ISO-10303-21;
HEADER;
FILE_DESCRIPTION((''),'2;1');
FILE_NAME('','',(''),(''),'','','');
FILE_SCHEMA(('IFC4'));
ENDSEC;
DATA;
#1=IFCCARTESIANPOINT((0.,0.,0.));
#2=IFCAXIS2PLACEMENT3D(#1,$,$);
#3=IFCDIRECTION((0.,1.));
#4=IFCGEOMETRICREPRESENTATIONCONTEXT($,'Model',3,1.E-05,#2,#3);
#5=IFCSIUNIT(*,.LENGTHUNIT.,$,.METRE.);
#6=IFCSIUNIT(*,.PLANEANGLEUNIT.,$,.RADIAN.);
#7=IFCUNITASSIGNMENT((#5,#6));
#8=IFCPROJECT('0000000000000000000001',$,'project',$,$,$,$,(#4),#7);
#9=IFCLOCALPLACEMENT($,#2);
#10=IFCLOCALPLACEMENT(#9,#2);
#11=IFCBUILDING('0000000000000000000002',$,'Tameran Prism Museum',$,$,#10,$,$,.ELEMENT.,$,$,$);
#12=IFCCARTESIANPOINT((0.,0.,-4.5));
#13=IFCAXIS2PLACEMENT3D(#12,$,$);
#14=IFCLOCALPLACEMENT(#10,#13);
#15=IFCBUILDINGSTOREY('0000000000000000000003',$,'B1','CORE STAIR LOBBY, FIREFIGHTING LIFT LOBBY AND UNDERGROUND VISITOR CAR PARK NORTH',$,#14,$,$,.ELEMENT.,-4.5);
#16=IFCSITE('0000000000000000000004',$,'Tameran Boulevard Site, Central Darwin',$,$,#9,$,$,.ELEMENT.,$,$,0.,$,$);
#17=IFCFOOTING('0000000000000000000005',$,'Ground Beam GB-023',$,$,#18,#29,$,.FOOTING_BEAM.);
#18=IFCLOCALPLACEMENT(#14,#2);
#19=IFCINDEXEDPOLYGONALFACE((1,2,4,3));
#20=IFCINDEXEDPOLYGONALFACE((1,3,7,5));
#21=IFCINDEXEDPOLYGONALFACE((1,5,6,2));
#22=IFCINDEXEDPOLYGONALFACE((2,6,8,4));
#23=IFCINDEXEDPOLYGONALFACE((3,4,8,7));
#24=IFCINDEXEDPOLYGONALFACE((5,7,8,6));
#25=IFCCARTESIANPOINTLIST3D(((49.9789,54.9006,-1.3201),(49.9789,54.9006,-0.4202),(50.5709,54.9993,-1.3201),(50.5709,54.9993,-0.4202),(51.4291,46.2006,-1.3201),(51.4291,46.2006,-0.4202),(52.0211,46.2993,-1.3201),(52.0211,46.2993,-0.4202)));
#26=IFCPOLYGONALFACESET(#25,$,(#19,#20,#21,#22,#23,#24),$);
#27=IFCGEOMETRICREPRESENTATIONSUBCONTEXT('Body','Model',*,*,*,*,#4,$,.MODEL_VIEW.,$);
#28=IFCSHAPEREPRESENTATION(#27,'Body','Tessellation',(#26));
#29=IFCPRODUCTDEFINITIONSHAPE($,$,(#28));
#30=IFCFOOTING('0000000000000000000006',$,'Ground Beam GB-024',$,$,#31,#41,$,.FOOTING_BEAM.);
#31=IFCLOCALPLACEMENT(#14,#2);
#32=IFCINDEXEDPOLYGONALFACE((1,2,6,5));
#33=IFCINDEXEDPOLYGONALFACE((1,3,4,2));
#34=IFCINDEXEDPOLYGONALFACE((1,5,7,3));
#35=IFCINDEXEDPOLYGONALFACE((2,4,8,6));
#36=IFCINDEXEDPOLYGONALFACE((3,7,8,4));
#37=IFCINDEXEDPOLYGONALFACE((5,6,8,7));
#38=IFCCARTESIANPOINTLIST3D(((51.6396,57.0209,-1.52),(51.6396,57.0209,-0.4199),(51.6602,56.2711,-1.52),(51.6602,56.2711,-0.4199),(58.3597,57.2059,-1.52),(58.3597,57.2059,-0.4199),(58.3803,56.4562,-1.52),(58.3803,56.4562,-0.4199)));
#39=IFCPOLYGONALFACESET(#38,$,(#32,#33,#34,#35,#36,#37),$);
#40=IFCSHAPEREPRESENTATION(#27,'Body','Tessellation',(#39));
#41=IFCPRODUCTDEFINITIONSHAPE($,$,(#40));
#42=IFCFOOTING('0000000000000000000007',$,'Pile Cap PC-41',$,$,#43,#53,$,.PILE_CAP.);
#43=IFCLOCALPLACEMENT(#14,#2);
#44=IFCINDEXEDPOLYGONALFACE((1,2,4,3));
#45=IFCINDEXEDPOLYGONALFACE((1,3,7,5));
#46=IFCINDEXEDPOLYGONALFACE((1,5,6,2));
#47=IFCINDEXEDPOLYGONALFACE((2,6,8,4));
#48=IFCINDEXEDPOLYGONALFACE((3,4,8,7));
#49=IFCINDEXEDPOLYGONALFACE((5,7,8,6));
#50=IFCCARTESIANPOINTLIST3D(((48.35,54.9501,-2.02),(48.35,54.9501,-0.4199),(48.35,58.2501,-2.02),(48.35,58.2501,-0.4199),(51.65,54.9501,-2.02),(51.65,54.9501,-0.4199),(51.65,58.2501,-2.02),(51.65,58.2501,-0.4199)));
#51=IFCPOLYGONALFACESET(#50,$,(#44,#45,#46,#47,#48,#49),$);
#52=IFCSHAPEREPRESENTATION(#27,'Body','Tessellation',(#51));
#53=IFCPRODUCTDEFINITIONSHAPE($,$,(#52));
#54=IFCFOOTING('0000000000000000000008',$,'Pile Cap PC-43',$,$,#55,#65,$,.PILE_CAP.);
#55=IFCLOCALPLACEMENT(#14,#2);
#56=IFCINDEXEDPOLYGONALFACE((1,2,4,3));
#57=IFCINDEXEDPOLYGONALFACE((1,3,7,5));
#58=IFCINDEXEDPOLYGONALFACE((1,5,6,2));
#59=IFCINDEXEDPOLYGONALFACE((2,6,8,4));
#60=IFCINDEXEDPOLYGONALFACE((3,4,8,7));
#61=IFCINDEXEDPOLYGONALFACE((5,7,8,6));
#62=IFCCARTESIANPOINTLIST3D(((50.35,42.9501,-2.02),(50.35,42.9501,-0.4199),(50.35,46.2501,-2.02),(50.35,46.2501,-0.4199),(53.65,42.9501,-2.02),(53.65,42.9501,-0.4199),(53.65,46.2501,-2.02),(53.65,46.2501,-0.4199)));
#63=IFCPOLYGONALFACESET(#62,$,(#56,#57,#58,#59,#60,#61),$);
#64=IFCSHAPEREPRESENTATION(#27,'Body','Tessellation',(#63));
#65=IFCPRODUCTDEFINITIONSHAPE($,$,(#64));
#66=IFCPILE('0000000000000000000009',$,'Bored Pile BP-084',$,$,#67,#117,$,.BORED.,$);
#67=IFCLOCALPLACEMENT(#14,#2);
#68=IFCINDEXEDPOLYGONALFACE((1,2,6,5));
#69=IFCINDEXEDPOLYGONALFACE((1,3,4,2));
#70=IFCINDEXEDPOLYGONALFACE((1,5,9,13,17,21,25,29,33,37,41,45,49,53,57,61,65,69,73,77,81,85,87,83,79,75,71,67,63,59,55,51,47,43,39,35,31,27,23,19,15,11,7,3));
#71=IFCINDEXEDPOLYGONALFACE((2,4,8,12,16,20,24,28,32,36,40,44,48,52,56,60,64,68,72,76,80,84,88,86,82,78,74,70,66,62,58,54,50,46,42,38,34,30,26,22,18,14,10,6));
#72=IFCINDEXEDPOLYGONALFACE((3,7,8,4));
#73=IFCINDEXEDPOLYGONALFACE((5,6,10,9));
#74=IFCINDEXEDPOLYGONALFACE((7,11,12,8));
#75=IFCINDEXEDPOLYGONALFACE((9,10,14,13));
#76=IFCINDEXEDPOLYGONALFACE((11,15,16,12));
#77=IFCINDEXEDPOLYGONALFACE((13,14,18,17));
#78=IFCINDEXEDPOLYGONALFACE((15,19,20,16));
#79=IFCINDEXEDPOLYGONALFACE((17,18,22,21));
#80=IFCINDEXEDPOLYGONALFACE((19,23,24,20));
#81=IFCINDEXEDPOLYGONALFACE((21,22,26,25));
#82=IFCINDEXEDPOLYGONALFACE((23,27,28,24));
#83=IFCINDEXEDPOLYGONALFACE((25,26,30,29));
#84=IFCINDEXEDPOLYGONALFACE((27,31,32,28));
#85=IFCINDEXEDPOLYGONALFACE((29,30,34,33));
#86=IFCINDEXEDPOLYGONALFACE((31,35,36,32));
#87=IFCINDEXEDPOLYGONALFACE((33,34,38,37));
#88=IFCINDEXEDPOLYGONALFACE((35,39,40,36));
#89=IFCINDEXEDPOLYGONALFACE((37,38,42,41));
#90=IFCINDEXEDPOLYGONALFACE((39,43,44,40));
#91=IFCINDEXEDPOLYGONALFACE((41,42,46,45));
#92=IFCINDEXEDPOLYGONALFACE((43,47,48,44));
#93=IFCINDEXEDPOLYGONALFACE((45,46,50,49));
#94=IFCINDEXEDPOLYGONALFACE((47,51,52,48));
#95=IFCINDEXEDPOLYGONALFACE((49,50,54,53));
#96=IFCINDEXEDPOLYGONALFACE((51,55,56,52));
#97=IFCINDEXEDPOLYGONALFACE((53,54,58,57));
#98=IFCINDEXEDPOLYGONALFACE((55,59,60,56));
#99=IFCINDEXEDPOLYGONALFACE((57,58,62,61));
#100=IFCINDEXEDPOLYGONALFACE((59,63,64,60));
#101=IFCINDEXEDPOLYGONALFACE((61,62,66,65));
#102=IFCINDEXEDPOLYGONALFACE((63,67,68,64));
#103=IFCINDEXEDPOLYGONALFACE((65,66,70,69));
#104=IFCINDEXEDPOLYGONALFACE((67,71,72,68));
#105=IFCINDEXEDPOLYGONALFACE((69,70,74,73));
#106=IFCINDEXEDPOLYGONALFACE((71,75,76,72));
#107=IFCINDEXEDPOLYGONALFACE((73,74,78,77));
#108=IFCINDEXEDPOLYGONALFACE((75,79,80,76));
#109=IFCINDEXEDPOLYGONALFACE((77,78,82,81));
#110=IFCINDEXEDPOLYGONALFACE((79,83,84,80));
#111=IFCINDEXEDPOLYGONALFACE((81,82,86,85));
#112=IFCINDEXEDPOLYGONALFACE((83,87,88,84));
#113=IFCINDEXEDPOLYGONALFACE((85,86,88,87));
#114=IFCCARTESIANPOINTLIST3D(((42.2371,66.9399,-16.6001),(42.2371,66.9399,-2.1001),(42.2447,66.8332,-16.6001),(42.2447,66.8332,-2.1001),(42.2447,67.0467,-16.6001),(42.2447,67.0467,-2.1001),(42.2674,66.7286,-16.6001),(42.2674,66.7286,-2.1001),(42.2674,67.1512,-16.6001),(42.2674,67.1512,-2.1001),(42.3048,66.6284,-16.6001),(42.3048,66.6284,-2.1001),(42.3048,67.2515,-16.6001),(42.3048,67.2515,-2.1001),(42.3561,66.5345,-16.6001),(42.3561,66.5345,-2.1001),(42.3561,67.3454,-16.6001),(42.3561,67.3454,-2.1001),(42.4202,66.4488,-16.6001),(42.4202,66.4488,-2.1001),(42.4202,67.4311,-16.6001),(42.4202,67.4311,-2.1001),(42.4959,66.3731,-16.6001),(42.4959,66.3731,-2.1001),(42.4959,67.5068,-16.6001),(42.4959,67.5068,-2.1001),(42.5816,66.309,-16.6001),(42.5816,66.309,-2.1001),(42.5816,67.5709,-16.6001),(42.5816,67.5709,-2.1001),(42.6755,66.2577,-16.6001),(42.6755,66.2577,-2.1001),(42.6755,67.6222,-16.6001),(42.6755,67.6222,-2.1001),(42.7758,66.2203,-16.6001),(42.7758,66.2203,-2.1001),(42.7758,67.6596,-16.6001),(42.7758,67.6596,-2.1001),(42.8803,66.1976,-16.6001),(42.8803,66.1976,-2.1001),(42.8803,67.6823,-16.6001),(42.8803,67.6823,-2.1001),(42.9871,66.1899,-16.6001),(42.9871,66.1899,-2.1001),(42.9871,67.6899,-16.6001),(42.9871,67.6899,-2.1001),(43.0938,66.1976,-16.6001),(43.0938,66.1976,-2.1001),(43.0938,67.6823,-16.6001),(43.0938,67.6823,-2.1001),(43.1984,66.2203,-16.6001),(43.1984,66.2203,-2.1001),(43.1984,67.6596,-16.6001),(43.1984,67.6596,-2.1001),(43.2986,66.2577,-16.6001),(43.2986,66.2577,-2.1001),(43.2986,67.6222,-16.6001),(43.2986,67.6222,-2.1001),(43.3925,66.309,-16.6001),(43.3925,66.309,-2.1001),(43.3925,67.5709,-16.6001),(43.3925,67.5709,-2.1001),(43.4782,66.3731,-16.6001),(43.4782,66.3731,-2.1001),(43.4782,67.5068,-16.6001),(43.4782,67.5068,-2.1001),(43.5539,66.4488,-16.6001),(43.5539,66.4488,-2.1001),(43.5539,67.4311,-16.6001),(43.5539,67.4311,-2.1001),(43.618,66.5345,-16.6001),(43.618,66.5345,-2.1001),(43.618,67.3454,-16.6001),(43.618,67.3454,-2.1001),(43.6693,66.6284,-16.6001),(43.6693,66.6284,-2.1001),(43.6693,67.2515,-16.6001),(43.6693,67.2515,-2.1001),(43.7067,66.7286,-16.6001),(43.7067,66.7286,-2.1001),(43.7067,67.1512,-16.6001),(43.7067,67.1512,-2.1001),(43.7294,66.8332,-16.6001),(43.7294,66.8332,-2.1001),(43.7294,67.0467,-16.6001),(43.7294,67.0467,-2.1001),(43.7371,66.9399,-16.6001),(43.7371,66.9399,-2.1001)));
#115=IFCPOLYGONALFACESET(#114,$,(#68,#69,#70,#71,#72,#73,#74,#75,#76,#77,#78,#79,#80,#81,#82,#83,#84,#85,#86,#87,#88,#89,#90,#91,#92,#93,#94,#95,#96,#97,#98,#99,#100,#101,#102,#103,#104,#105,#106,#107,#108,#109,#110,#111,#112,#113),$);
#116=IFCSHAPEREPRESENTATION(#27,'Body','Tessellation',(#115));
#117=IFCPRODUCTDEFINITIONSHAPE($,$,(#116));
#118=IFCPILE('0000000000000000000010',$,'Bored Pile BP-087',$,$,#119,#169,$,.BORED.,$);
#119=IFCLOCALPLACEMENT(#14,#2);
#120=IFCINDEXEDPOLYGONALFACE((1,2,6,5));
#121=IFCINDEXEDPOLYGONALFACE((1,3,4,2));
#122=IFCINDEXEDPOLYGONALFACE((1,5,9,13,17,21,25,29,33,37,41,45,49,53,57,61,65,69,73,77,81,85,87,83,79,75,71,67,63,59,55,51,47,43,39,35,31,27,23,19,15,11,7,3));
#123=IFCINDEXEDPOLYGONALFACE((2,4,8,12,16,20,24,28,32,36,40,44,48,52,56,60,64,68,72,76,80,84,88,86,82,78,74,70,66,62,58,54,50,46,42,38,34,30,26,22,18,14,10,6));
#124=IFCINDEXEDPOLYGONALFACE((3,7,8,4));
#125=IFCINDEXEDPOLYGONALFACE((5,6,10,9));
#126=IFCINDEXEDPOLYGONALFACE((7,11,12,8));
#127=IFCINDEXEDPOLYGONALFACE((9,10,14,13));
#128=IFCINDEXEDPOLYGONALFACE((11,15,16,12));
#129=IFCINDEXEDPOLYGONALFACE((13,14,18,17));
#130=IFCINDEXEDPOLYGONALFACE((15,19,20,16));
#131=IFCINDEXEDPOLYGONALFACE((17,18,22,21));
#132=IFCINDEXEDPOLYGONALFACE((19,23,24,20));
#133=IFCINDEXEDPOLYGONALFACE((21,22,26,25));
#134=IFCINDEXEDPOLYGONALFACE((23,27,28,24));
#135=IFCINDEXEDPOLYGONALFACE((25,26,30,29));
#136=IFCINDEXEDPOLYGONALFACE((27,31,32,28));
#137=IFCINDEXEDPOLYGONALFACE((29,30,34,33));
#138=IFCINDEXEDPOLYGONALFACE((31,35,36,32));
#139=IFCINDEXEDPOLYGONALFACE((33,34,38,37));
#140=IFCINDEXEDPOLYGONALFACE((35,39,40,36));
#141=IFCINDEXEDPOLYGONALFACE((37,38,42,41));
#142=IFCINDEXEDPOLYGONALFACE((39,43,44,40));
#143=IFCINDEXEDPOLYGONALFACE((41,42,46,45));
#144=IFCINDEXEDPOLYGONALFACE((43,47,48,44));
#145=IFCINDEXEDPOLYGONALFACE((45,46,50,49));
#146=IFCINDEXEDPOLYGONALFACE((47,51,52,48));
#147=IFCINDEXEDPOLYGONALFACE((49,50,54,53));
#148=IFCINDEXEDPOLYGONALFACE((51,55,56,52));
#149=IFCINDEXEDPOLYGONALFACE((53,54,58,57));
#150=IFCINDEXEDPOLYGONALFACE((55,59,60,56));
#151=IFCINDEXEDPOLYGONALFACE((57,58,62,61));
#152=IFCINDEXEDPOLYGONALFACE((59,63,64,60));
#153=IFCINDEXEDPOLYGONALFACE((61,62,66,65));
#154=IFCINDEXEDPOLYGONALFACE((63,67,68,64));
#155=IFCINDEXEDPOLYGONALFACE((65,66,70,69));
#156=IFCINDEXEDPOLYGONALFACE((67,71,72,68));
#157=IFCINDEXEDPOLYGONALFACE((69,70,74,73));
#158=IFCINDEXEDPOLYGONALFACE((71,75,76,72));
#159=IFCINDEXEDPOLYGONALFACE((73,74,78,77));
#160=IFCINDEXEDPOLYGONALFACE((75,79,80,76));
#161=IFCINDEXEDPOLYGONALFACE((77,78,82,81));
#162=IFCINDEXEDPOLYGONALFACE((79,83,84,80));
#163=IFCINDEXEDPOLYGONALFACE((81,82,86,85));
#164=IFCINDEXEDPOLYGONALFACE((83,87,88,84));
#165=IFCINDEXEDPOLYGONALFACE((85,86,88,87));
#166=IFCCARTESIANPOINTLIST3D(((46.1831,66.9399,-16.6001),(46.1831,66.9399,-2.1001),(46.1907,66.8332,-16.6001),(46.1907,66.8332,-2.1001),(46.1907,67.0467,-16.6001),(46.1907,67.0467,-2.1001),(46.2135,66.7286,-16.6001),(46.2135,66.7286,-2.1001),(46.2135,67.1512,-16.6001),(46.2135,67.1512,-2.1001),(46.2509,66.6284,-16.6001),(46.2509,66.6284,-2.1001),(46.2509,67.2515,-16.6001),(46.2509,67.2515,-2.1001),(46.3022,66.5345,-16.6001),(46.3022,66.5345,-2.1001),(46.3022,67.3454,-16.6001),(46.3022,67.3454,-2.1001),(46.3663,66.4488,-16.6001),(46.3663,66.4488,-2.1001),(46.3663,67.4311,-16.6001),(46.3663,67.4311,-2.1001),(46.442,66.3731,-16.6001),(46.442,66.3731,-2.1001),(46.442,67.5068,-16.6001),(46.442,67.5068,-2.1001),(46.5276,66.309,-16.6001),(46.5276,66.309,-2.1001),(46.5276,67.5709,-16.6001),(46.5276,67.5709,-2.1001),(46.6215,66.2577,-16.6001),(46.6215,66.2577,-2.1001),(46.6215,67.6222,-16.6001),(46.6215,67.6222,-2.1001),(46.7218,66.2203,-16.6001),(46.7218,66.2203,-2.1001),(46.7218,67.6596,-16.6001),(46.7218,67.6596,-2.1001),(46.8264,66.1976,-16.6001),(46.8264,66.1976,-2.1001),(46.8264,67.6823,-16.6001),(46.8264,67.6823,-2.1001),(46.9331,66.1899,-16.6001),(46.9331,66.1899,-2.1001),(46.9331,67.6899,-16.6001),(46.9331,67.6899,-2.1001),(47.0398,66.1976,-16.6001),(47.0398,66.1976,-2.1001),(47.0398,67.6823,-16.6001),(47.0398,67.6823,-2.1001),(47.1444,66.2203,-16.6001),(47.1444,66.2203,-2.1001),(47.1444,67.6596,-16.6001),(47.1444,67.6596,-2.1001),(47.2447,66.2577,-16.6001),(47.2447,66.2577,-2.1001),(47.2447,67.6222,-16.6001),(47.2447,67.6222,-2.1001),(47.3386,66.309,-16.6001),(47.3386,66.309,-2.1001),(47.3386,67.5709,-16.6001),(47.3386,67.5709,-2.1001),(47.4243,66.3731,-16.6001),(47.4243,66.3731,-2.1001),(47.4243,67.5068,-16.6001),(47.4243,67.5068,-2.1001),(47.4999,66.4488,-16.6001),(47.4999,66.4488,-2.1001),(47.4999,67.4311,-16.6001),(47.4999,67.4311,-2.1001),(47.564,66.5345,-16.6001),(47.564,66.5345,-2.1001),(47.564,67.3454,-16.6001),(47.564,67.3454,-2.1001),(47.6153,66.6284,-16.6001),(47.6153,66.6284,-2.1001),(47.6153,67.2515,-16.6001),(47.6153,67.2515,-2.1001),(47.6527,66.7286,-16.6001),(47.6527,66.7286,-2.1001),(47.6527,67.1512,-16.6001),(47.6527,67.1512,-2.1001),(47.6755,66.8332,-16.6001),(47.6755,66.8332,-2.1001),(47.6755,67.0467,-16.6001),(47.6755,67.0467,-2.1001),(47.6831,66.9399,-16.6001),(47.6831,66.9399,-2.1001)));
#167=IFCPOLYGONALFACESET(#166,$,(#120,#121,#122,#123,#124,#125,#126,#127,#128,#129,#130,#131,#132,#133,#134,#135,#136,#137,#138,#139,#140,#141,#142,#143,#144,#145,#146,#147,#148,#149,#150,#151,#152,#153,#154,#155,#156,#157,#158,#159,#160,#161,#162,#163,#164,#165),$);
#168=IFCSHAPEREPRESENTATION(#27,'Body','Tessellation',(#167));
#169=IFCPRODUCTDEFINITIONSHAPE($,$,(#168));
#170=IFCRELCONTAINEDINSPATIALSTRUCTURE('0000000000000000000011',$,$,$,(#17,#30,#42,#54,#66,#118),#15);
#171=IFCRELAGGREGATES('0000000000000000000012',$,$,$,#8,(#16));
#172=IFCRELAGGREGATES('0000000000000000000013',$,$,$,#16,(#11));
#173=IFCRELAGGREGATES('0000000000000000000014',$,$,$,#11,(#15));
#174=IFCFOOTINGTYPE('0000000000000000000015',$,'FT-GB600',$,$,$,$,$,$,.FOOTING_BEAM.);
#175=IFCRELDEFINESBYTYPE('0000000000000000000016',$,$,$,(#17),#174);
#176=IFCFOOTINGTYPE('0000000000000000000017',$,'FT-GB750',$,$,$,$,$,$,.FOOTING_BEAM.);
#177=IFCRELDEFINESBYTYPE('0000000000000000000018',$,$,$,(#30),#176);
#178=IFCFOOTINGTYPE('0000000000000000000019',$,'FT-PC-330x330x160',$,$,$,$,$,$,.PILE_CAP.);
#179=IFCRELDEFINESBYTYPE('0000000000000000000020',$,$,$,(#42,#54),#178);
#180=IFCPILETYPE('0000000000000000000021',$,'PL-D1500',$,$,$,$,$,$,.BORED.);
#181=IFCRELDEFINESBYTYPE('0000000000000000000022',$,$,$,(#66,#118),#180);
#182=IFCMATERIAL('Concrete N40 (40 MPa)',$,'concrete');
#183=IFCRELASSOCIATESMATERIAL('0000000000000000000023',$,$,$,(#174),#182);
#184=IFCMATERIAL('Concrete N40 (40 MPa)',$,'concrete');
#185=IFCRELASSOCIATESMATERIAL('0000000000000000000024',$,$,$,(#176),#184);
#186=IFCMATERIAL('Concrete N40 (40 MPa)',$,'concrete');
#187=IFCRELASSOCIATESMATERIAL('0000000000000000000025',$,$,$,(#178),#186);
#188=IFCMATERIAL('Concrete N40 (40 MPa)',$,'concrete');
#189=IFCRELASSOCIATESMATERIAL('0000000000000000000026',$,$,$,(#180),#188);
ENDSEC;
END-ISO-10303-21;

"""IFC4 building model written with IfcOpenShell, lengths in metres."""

from ifc_helpers import new_model, si_unit, direction, frame, origin, origin_2d, place, context, subcontext, project, spatial, rectangle, circle, extrude, material, material_profile, profile_set, type_object, element, save


model = new_model("IFC4")

# Units and contexts
model_context = context("Model", 3, precision=1e-05, world=origin(), true_north=direction((0.0, 1.0)))
body_context = subcontext(model_context, "Body", "Model", "MODEL_VIEW")
ifc_project = project(units=[si_unit("LENGTHUNIT", "METRE"), si_unit("PLANEANGLEUNIT", "RADIAN")], contexts=[model_context])

# Site, building, storey
site_placement = place(None, origin())
site = spatial("IfcSite", under=ifc_project, at=site_placement, Name="Tameran Boulevard Site, Central Darwin", CompositionType="ELEMENT", RefElevation=0.0)
building_placement = place(site_placement, origin())
building = spatial("IfcBuilding", under=site, at=building_placement, Name="Tameran Prism Museum", CompositionType="ELEMENT")
storey_placement = place(building_placement, frame((0.0, 0.0, -4.5)))
storey = spatial("IfcBuildingStorey", under=building, at=storey_placement, Name="B1", Description="CORE STAIR LOBBY, FIREFIGHTING LIFT LOBBY AND UNDERGROUND VISITOR CAR PARK NORTH", CompositionType="ELEMENT", Elevation=-4.5)

# Footings
ifc_material_1 = material(Name="Concrete N40 (40 MPa)", Category="concrete")
ifc_material_profile_1 = material_profile(ifc_material_1, rectangle(XDim=0.6001, YDim=0.8999, at=origin_2d()))
ifc_profile_set_1 = profile_set([ifc_material_profile_1])
footing_type_1 = type_object("IfcFootingType", Name="FT-GB600", PredefinedType="FOOTING_BEAM", material=ifc_profile_set_1)
footing_1_placement = place(storey_placement, frame((50.2749, 54.95, -0.8701), z_axis=(0.164421, -0.98639, 0.0), x_axis=(0.98639, 0.164421, 0.0)))
element("IfcFooting", 1, at=footing_1_placement, inside=storey, type_object=footing_type_1, Name="Ground Beam GB-023", PredefinedType="FOOTING_BEAM", context=body_context, shape_type="SweptSolid", body=[
    extrude(rectangle(XDim=0.6001, YDim=0.8999, at=origin_2d()), origin(), (0.0, 0.0, 1.0), 8.8201),
])
ifc_material_2 = material(Name="Concrete N40 (40 MPa)", Category="concrete")
ifc_material_profile_2 = material_profile(ifc_material_2, rectangle(XDim=0.75, YDim=1.1001, at=origin_2d()))
ifc_profile_set_2 = profile_set([ifc_material_profile_2])
footing_type_2 = type_object("IfcFootingType", Name="FT-GB750", PredefinedType="FOOTING_BEAM", material=ifc_profile_set_2)
footing_2_placement = place(storey_placement, frame((51.6499, 56.646, -0.97), z_axis=(0.999621, 0.027527, 0.0), x_axis=(-0.027527, 0.999621, 0.0)))
element("IfcFooting", 2, at=footing_2_placement, inside=storey, type_object=footing_type_2, Name="Ground Beam GB-024", PredefinedType="FOOTING_BEAM", context=body_context, shape_type="SweptSolid", body=[
    extrude(rectangle(XDim=0.75, YDim=1.1001, at=origin_2d()), origin(), (0.0, 0.0, 1.0), 6.7227),
])
ifc_material_3 = material(Name="Concrete N40 (40 MPa)", Category="concrete")
footing_type_3 = type_object("IfcFootingType", Name="FT-PC-330x330x160", PredefinedType="PILE_CAP", material=ifc_material_3)
for number, where, z_axis, x_axis, name in (
    (3, (50.0, 56.6001, -2.02), (0.0, 0.0, 1.0), (1.0, 0.0, 0.0), "Pile Cap PC-41"),
    (4, (52.0, 44.6001, -2.02), (0.0, 0.0, 1.0), (1.0, 0.0, 0.0), "Pile Cap PC-43"),
):
    element("IfcFooting", number, at=place(storey_placement, frame(where, z_axis=z_axis, x_axis=x_axis)), inside=storey, type_object=footing_type_3, Name=name, PredefinedType="PILE_CAP", context=body_context, shape_type="SweptSolid", body=[
        extrude(rectangle(XDim=3.3, YDim=3.3, at=origin_2d()), origin(), (0.0, 0.0, 1.0), 1.6001),
    ])

# Piles
ifc_material_4 = material(Name="Concrete N40 (40 MPa)", Category="concrete")
ifc_material_profile_3 = material_profile(ifc_material_4, circle(Radius=0.75, at=origin_2d()))
ifc_profile_set_3 = profile_set([ifc_material_profile_3])
pile_type_1 = type_object("IfcPileType", Name="PL-D1500", PredefinedType="BORED", material=ifc_profile_set_3)
for number, where, z_axis, x_axis, name in (
    (5, (42.9871, 66.9399, -2.1001), (0.0, 0.0, -1.0), (1.0, 0.0, 0.0), "Bored Pile BP-084"),
    (6, (46.9331, 66.9399, -2.1001), (0.0, 0.0, -1.0), (1.0, 0.0, 0.0), "Bored Pile BP-087"),
):
    element("IfcPile", number, at=place(storey_placement, frame(where, z_axis=z_axis, x_axis=x_axis)), inside=storey, type_object=pile_type_1, Name=name, PredefinedType="BORED", context=body_context, shape_type="SweptSolid", body=[
        extrude(circle(Radius=0.75, at=origin_2d()), origin(), (0.0, 0.0, 1.0), 14.5),
    ])

save(model, "model.ifc")
